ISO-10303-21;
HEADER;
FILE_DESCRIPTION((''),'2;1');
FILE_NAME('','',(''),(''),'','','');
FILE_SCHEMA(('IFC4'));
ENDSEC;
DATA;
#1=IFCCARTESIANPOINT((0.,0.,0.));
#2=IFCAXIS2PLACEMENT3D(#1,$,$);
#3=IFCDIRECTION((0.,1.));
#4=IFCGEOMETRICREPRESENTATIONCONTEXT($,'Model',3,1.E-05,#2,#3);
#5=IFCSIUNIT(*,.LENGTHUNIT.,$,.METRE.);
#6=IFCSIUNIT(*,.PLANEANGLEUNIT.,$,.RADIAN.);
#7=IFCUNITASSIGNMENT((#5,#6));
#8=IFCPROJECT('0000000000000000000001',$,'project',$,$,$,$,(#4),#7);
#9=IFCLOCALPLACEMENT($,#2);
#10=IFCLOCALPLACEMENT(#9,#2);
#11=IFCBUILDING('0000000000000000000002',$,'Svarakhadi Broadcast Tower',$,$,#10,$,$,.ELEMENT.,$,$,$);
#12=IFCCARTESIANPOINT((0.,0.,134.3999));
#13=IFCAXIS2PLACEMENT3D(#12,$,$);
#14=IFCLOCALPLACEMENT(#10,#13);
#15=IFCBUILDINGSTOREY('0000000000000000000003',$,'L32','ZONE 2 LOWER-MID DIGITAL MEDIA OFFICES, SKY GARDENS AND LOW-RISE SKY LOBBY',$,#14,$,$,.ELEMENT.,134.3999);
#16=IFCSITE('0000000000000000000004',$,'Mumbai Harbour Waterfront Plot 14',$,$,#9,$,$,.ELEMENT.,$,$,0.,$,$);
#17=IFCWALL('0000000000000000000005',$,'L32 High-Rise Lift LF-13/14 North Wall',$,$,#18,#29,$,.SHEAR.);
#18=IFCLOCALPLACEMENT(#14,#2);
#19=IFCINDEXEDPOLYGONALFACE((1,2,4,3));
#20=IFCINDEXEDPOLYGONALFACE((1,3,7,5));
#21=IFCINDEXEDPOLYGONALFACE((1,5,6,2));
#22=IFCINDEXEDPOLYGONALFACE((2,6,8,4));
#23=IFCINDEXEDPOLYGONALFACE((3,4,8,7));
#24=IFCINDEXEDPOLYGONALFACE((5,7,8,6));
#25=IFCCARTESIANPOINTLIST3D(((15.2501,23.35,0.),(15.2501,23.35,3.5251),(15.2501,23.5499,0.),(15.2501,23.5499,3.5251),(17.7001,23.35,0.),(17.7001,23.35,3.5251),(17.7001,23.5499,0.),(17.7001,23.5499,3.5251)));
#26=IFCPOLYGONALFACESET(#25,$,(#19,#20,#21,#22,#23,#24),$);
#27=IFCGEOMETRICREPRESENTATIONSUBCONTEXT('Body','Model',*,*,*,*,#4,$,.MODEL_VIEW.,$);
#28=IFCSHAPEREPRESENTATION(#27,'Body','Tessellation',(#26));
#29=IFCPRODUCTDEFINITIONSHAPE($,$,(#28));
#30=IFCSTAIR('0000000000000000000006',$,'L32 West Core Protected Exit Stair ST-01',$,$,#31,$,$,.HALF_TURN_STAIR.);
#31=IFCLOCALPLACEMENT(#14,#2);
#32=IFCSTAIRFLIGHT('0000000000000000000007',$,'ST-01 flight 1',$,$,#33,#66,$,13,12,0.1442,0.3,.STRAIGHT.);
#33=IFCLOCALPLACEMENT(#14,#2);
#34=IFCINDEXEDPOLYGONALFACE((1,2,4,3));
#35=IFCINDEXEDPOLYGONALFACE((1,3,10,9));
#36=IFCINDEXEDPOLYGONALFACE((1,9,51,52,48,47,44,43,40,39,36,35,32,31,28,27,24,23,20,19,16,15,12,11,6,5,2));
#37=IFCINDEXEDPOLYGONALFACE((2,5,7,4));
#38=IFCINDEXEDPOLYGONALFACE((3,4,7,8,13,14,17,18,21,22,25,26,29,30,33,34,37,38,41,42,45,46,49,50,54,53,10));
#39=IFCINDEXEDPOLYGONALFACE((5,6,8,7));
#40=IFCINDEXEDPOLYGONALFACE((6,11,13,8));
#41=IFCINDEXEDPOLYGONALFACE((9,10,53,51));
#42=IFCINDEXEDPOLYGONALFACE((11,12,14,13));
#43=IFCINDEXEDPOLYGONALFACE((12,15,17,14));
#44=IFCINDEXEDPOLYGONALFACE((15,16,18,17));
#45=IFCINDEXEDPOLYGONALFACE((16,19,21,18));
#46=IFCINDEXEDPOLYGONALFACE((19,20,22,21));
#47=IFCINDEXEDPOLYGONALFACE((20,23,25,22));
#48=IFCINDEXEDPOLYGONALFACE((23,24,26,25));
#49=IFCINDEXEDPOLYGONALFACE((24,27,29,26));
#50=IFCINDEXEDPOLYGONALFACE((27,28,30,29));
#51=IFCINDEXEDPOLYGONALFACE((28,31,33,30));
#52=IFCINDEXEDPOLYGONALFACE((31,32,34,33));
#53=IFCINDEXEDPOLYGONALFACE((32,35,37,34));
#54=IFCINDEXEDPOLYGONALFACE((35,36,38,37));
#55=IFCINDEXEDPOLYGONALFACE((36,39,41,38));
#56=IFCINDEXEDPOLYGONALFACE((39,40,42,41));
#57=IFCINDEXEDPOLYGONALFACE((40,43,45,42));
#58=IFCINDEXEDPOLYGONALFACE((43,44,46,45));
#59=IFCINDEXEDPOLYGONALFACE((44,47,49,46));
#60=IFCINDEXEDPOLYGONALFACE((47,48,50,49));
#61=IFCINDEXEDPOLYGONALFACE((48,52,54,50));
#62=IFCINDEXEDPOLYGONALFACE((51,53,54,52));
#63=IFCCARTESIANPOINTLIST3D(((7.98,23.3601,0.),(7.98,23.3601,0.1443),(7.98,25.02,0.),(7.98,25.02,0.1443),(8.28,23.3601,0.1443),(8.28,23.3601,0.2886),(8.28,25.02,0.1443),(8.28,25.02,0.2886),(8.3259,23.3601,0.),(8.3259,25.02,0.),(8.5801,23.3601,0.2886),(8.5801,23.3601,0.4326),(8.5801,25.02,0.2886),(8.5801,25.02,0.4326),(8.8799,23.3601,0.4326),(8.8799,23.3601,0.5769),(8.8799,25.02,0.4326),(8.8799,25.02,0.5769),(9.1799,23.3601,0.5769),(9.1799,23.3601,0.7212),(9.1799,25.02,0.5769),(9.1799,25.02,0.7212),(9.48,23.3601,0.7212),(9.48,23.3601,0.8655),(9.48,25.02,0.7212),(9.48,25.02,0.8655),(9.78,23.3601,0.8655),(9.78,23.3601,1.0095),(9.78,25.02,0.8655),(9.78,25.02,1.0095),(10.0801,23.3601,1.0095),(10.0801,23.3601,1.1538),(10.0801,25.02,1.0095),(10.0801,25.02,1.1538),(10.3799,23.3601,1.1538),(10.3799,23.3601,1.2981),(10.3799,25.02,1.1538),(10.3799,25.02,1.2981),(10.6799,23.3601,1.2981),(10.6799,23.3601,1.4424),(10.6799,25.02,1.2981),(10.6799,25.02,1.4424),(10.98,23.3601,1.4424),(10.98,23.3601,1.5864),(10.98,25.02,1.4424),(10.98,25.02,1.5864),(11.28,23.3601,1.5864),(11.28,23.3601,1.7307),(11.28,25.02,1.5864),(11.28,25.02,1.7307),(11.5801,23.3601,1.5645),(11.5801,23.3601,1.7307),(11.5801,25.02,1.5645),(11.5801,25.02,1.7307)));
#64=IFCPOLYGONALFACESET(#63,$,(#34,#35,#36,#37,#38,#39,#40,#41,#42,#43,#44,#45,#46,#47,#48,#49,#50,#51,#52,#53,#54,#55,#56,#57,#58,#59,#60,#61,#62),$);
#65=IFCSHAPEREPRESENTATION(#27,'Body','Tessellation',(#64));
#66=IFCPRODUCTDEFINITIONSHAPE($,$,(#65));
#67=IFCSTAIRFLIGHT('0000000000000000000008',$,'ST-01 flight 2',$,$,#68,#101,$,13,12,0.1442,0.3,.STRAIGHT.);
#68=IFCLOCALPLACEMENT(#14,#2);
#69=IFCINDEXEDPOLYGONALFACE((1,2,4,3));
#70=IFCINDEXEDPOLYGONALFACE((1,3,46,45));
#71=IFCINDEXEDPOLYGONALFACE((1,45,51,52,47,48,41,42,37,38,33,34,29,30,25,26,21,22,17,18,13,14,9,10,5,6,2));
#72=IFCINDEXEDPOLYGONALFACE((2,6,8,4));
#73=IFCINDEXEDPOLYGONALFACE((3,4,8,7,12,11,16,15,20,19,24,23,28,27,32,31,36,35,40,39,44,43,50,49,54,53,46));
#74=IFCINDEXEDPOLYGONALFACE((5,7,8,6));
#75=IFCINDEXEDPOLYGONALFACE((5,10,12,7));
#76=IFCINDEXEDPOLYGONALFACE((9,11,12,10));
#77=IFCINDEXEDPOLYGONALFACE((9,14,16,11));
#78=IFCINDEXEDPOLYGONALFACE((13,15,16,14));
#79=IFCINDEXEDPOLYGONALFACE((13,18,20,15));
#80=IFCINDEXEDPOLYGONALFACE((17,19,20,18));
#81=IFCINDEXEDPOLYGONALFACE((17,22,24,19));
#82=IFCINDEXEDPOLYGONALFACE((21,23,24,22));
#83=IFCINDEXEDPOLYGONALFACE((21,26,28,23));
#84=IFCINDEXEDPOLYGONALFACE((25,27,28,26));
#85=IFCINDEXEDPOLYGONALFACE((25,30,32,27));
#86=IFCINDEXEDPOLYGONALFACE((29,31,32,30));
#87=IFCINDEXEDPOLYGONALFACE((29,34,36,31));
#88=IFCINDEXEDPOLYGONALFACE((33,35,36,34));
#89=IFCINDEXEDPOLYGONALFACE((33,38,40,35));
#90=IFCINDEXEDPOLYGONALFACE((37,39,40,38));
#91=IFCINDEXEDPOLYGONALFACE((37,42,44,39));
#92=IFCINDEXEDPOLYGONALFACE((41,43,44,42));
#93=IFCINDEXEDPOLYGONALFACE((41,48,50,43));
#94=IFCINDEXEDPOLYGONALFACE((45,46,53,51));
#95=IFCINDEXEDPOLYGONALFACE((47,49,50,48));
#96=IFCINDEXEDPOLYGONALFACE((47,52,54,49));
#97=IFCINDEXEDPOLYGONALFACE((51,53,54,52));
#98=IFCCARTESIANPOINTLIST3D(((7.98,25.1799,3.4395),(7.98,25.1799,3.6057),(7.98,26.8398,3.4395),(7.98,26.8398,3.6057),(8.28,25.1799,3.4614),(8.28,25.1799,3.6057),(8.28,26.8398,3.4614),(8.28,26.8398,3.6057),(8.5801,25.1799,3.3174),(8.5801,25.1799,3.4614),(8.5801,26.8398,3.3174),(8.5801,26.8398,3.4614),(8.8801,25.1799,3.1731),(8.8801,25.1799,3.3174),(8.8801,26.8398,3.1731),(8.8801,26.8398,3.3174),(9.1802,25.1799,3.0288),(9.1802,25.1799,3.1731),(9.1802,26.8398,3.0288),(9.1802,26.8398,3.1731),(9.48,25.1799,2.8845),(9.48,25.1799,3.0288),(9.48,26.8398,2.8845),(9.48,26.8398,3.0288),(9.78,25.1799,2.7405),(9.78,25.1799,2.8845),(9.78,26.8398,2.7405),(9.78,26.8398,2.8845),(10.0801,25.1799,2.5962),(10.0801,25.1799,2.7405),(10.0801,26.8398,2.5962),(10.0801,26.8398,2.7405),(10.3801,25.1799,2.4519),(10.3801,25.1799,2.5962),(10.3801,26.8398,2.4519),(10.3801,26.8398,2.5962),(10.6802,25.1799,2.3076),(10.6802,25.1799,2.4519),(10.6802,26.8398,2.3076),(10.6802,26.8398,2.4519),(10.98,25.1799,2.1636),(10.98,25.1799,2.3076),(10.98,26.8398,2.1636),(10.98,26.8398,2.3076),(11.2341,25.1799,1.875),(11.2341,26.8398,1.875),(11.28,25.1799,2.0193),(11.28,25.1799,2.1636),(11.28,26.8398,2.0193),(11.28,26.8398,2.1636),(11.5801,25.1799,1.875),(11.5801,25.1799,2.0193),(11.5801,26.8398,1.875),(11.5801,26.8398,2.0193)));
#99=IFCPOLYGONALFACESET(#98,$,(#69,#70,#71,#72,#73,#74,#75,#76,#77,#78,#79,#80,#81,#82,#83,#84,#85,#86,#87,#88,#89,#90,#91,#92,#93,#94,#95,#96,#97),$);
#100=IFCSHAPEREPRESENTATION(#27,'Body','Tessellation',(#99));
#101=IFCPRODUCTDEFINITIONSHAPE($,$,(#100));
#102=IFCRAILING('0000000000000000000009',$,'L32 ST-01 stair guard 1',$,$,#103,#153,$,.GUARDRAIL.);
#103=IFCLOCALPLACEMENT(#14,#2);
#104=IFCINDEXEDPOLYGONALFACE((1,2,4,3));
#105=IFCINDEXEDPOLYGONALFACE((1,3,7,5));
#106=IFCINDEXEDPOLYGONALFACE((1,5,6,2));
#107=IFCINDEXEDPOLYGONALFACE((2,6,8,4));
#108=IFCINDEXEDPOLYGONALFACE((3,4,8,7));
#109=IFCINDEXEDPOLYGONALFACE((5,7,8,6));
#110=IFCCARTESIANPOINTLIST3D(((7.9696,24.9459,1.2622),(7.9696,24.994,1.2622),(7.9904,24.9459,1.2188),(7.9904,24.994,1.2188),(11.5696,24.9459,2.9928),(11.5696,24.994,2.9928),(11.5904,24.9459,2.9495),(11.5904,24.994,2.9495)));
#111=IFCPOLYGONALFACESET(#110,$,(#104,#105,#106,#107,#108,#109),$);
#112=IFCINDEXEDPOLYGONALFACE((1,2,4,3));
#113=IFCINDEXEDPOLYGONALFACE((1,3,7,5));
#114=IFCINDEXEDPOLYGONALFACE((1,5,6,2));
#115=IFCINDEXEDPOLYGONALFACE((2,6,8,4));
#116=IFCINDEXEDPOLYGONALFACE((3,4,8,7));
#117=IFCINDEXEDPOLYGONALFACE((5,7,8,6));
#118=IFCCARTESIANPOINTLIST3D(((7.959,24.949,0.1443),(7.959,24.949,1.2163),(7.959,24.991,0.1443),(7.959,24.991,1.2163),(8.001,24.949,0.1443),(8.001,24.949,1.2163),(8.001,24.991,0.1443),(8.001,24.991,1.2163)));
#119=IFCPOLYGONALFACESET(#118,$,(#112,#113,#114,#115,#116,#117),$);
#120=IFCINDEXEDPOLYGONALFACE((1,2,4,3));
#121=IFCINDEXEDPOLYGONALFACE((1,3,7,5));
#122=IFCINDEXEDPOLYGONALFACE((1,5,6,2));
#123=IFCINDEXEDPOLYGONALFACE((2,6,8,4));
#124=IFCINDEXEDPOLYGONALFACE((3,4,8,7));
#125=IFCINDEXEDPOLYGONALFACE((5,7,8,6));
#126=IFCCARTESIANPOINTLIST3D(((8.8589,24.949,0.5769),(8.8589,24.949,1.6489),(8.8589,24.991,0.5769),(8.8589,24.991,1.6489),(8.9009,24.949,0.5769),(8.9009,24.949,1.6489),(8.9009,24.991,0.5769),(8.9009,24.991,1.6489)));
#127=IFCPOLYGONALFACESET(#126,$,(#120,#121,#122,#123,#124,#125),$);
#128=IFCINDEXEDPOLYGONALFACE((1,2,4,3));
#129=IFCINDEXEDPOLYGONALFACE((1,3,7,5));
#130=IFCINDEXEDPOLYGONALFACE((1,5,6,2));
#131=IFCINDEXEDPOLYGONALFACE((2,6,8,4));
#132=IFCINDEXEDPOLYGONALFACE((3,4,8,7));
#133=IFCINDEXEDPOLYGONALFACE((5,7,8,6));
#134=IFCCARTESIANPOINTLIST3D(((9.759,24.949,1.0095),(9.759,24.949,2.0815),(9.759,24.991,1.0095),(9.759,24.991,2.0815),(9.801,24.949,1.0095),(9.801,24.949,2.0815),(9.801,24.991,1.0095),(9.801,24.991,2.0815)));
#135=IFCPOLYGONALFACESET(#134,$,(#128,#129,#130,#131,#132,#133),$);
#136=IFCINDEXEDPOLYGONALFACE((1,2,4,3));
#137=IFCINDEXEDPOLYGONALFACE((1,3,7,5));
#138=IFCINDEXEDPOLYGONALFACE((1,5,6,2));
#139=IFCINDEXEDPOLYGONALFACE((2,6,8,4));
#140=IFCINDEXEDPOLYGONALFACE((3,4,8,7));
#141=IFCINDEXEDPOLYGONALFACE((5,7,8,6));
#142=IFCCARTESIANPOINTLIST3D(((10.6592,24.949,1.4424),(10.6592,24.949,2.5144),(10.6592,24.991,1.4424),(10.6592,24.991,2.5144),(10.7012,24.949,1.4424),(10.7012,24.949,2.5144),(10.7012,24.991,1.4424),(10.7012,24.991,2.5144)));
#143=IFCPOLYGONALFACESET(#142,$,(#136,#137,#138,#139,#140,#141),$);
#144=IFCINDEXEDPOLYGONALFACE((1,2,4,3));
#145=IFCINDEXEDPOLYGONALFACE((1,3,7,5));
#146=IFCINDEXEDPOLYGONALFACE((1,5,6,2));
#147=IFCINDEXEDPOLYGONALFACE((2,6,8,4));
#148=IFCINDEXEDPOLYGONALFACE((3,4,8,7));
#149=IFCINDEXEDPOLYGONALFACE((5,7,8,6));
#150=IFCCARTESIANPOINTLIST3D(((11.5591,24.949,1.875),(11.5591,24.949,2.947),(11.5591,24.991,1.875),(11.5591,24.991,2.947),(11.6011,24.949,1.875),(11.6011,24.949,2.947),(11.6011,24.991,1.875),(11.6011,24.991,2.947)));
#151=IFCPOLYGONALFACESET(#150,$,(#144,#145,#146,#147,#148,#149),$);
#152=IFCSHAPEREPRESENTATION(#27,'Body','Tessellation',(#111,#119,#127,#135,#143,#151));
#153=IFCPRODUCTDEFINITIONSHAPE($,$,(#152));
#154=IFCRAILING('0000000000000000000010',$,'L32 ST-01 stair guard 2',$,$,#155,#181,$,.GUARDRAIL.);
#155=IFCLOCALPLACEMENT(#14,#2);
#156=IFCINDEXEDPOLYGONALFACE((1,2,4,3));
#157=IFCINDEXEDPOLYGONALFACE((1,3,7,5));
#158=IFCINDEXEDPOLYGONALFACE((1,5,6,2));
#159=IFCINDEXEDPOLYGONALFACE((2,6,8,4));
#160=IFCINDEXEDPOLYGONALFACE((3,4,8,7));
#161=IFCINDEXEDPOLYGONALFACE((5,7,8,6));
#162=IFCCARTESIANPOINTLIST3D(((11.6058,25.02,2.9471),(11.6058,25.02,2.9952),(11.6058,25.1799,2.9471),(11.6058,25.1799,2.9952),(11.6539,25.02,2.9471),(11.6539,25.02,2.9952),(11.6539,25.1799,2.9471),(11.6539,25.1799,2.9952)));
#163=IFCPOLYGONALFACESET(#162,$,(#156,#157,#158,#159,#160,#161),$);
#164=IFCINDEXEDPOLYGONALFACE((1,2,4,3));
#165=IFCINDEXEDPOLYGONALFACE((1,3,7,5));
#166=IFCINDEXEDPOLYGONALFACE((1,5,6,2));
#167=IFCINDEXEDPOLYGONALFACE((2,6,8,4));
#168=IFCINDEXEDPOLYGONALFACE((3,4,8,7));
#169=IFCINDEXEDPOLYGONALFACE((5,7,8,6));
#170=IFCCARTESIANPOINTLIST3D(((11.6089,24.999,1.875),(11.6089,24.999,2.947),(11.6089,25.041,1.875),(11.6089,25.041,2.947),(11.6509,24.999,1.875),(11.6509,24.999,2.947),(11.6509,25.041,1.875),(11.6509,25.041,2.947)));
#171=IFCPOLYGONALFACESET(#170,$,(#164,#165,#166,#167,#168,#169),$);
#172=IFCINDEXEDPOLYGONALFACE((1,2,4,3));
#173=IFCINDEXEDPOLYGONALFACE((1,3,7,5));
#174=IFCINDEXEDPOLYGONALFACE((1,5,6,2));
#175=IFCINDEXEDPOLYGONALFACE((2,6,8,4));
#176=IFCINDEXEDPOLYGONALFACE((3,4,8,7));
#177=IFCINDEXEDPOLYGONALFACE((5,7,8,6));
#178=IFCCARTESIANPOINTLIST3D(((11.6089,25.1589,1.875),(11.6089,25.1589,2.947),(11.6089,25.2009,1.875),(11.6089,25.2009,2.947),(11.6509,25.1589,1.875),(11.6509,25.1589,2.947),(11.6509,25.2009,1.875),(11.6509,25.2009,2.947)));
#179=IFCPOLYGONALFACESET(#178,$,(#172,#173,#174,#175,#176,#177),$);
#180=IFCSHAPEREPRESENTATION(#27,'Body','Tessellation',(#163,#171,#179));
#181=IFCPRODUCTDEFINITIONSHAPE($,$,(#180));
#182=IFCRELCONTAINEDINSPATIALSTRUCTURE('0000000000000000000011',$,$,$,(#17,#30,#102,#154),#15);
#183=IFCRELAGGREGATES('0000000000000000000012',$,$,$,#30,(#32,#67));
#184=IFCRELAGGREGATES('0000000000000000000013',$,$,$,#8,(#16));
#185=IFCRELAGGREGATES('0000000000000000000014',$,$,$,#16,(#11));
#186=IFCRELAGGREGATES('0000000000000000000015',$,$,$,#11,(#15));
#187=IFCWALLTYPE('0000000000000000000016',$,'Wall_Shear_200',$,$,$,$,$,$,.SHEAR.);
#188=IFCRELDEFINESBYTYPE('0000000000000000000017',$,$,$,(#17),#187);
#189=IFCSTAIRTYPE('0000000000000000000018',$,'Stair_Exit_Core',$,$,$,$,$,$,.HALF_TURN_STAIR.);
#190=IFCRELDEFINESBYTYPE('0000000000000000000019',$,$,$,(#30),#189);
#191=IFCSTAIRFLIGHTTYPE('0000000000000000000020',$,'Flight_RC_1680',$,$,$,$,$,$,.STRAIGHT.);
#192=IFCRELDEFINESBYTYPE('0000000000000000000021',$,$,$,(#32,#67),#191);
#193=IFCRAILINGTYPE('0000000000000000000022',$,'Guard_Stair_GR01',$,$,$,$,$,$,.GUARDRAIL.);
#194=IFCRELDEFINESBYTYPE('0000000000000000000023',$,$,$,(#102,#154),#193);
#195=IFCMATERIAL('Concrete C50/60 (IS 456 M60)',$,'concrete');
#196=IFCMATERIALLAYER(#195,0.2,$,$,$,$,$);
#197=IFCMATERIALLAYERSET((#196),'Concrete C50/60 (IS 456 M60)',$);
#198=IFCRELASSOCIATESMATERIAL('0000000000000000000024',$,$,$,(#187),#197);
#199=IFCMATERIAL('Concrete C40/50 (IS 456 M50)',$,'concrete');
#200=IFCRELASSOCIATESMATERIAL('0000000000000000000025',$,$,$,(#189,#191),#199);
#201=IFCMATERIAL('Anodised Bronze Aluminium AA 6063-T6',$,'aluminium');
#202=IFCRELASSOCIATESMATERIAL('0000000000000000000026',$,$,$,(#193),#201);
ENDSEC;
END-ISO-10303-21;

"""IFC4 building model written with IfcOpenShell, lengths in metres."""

from ifc_helpers import new_model, si_unit, direction, frame, frame_2d, origin, origin_2d, place, context, subcontext, project, spatial, polyline, rectangle, outline, extrude, material, layer, layer_set, type_object, element, aggregate, save


model = new_model("IFC4")

# Units and contexts
model_context = context("Model", 3, precision=1e-05, world=origin(), true_north=direction((0.0, 1.0)))
body_context = subcontext(model_context, "Body", "Model", "MODEL_VIEW")
ifc_project = project(units=[si_unit("LENGTHUNIT", "METRE"), si_unit("PLANEANGLEUNIT", "RADIAN")], contexts=[model_context])

# Site, building, storey
site_placement = place(None, origin())
site = spatial("IfcSite", under=ifc_project, at=site_placement, Name="Mumbai Harbour Waterfront Plot 14", CompositionType="ELEMENT", RefElevation=0.0)
building_placement = place(site_placement, origin())
building = spatial("IfcBuilding", under=site, at=building_placement, Name="Svarakhadi Broadcast Tower", CompositionType="ELEMENT")
storey_placement = place(building_placement, frame((0.0, 0.0, 134.3999)))
storey = spatial("IfcBuildingStorey", under=building, at=storey_placement, Name="L32", Description="ZONE 2 LOWER-MID DIGITAL MEDIA OFFICES, SKY GARDENS AND LOW-RISE SKY LOBBY", CompositionType="ELEMENT", Elevation=134.3999)

# Shared definitions
ifc_material_1 = material(Name="Concrete C50/60 (IS 456 M60)", Category="concrete")

# Shared definitions
ifc_material_2 = material(Name="Concrete C40/50 (IS 456 M50)", Category="concrete")

# Shared definitions
ifc_layer_1 = layer(ifc_material_1, 0.2)
ifc_layer_set_1 = layer_set([ifc_layer_1], Name="Concrete C50/60 (IS 456 M60)")
wall_type_1 = type_object("IfcWallType", Name="Wall_Shear_200", PredefinedType="SHEAR", material=ifc_layer_set_1)

# Wall
wall_1_placement = place(storey_placement, frame((15.25, 23.45, 0.0), z_axis=(0.0, 0.0, 1.0), x_axis=(1.0, 0.0, 0.0)))
element("IfcWall", 1, at=wall_1_placement, inside=storey, type_object=wall_type_1, Name="L32 High-Rise Lift LF-13/14 North Wall", PredefinedType="SHEAR", context=body_context, shape_type="SweptSolid", body=[
    extrude(rectangle(XDim=2.45, YDim=0.2, at=frame_2d((1.2251, 0.0))), origin(), (0.0, 0.0, 1.0), 3.5251),
])

# Stair, stair flights
stair_type = type_object("IfcStairType", Name="Stair_Exit_Core", PredefinedType="HALF_TURN_STAIR", material=ifc_material_2)
stair_placement = place(storey_placement, origin())
stair = element("IfcStair", 2, at=stair_placement, inside=storey, type_object=stair_type, Name="L32 West Core Protected Exit Stair ST-01", PredefinedType="HALF_TURN_STAIR")
stair_flight_type = type_object("IfcStairFlightType", Name="Flight_RC_1680", PredefinedType="STRAIGHT", material=ifc_material_2)
stair_flight_1_placement = place(storey_placement, frame((7.98, 24.1899, 0.0), z_axis=(0.0, 0.0, 1.0), x_axis=(1.0, 0.0, 0.0)))
stair_flight_1 = element("IfcStairFlight", 3, at=stair_flight_1_placement, type_object=stair_flight_type, Name="ST-01 flight 1", NumberOfRisers=13, NumberOfTreads=12, PredefinedType="STRAIGHT", RiserHeight=0.1442, TreadLength=0.3, context=body_context, shape_type="SweptSolid", body=[
    extrude(outline(polyline([(0.0, 0.0), (0.0, 0.1443), (0.3, 0.1443), (0.3, 0.2886), (0.6001, 0.2886), (0.6001, 0.4326), (0.8999, 0.4326), (0.8999, 0.5769), (1.2, 0.5769), (1.2, 0.7212), (1.5, 0.7212), (1.5, 0.8655), (1.8, 0.8655), (1.8, 1.0095), (2.1001, 1.0095), (2.1001, 1.1538), (2.3999, 1.1538), (2.3999, 1.2981), (2.7, 1.2981), (2.7, 1.4424), (3.0, 1.4424), (3.0, 1.5864), (3.3, 1.5864), (3.3, 1.7307), (3.6001, 1.7307), (3.6001, 1.875), (3.6001, 1.5645), (0.3459, 0.0), (0.0, 0.0)])), frame((0.0, 0.8301, 0.0), z_axis=(0.0, -1.0, 0.0), x_axis=(1.0, 0.0, 0.0)), (0.0, 0.0, 1.0), 1.6599),
])
stair_flight_2_placement = place(storey_placement, frame((11.5801, 26.01, 1.875), z_axis=(0.0, 0.0, 1.0), x_axis=(-1.0, 0.0, 0.0)))
stair_flight_2 = element("IfcStairFlight", 4, at=stair_flight_2_placement, type_object=stair_flight_type, Name="ST-01 flight 2", NumberOfRisers=13, NumberOfTreads=12, PredefinedType="STRAIGHT", RiserHeight=0.1442, TreadLength=0.3, context=body_context, shape_type="SweptSolid", body=[
    extrude(outline(polyline([(0.0, 0.0), (0.0, 0.1443), (0.3, 0.1443), (0.3, 0.2886), (0.6001, 0.2886), (0.6001, 0.4326), (0.8999, 0.4326), (0.8999, 0.5769), (1.2, 0.5769), (1.2, 0.7212), (1.5, 0.7212), (1.5, 0.8655), (1.8, 0.8655), (1.8, 1.0095), (2.1001, 1.0095), (2.1001, 1.1538), (2.3999, 1.1538), (2.3999, 1.2981), (2.7, 1.2981), (2.7, 1.4424), (3.0, 1.4424), (3.0, 1.5864), (3.3, 1.5864), (3.3, 1.7307), (3.6001, 1.7307), (3.6001, 1.875), (3.6001, 1.5645), (0.3459, 0.0), (0.0, 0.0)])), frame((0.0, 0.8301, 0.0), z_axis=(0.0, -1.0, 0.0), x_axis=(1.0, 0.0, 0.0)), (0.0, 0.0, 1.0), 1.6599),
])
aggregate(stair, [stair_flight_1, stair_flight_2])

# Railings
ifc_material_3 = material(Name="Anodised Bronze Aluminium AA 6063-T6", Category="aluminium")
railing_type_1 = type_object("IfcRailingType", Name="Guard_Stair_GR01", PredefinedType="GUARDRAIL", material=ifc_material_3)
railing_1_placement = place(storey_placement, frame((7.98, 24.97, 0.1443)))
element("IfcRailing", 5, at=railing_1_placement, inside=storey, type_object=railing_type_1, Name="L32 ST-01 stair guard 1", PredefinedType="GUARDRAIL", context=body_context, shape_type="SweptSolid", body=[
    extrude(rectangle(XDim=0.0481, YDim=0.0481, at=origin_2d()), frame((0.0, 0.0, 1.0962), z_axis=(0.901263, 0.0, 0.433273), x_axis=(0.0, 1.0, 0.0)), (0.0, 0.0, 1.0), 3.9944),
    extrude(rectangle(XDim=0.042, YDim=0.042, at=origin_2d()), origin(), (0.0, 0.0, 1.0), 1.072),
    extrude(rectangle(XDim=0.042, YDim=0.042, at=origin_2d()), frame((0.8999, 0.0, 0.4326)), (0.0, 0.0, 1.0), 1.072),
    extrude(rectangle(XDim=0.042, YDim=0.042, at=origin_2d()), frame((1.8, 0.0, 0.8652)), (0.0, 0.0, 1.0), 1.072),
    extrude(rectangle(XDim=0.042, YDim=0.042, at=origin_2d()), frame((2.7002, 0.0, 1.2981)), (0.0, 0.0, 1.0), 1.072),
    extrude(rectangle(XDim=0.042, YDim=0.042, at=origin_2d()), frame((3.6001, 0.0, 1.7307)), (0.0, 0.0, 1.0), 1.072),
])
railing_2_placement = place(storey_placement, frame((11.6299, 25.02, 1.875)))
element("IfcRailing", 6, at=railing_2_placement, inside=storey, type_object=railing_type_1, Name="L32 ST-01 stair guard 2", PredefinedType="GUARDRAIL", context=body_context, shape_type="SweptSolid", body=[
    extrude(rectangle(XDim=0.0481, YDim=0.0481, at=origin_2d()), frame((0.0, 0.0, 1.0962), z_axis=(0.0, 1.0, 0.0), x_axis=(-1.0, 0.0, 0.0)), (0.0, 0.0, 1.0), 0.1599),
    extrude(rectangle(XDim=0.042, YDim=0.042, at=origin_2d()), origin(), (0.0, 0.0, 1.0), 1.072),
    extrude(rectangle(XDim=0.042, YDim=0.042, at=origin_2d()), frame((0.0, 0.1599, 0.0)), (0.0, 0.0, 1.0), 1.072),
])

save(model, "model.ifc")
